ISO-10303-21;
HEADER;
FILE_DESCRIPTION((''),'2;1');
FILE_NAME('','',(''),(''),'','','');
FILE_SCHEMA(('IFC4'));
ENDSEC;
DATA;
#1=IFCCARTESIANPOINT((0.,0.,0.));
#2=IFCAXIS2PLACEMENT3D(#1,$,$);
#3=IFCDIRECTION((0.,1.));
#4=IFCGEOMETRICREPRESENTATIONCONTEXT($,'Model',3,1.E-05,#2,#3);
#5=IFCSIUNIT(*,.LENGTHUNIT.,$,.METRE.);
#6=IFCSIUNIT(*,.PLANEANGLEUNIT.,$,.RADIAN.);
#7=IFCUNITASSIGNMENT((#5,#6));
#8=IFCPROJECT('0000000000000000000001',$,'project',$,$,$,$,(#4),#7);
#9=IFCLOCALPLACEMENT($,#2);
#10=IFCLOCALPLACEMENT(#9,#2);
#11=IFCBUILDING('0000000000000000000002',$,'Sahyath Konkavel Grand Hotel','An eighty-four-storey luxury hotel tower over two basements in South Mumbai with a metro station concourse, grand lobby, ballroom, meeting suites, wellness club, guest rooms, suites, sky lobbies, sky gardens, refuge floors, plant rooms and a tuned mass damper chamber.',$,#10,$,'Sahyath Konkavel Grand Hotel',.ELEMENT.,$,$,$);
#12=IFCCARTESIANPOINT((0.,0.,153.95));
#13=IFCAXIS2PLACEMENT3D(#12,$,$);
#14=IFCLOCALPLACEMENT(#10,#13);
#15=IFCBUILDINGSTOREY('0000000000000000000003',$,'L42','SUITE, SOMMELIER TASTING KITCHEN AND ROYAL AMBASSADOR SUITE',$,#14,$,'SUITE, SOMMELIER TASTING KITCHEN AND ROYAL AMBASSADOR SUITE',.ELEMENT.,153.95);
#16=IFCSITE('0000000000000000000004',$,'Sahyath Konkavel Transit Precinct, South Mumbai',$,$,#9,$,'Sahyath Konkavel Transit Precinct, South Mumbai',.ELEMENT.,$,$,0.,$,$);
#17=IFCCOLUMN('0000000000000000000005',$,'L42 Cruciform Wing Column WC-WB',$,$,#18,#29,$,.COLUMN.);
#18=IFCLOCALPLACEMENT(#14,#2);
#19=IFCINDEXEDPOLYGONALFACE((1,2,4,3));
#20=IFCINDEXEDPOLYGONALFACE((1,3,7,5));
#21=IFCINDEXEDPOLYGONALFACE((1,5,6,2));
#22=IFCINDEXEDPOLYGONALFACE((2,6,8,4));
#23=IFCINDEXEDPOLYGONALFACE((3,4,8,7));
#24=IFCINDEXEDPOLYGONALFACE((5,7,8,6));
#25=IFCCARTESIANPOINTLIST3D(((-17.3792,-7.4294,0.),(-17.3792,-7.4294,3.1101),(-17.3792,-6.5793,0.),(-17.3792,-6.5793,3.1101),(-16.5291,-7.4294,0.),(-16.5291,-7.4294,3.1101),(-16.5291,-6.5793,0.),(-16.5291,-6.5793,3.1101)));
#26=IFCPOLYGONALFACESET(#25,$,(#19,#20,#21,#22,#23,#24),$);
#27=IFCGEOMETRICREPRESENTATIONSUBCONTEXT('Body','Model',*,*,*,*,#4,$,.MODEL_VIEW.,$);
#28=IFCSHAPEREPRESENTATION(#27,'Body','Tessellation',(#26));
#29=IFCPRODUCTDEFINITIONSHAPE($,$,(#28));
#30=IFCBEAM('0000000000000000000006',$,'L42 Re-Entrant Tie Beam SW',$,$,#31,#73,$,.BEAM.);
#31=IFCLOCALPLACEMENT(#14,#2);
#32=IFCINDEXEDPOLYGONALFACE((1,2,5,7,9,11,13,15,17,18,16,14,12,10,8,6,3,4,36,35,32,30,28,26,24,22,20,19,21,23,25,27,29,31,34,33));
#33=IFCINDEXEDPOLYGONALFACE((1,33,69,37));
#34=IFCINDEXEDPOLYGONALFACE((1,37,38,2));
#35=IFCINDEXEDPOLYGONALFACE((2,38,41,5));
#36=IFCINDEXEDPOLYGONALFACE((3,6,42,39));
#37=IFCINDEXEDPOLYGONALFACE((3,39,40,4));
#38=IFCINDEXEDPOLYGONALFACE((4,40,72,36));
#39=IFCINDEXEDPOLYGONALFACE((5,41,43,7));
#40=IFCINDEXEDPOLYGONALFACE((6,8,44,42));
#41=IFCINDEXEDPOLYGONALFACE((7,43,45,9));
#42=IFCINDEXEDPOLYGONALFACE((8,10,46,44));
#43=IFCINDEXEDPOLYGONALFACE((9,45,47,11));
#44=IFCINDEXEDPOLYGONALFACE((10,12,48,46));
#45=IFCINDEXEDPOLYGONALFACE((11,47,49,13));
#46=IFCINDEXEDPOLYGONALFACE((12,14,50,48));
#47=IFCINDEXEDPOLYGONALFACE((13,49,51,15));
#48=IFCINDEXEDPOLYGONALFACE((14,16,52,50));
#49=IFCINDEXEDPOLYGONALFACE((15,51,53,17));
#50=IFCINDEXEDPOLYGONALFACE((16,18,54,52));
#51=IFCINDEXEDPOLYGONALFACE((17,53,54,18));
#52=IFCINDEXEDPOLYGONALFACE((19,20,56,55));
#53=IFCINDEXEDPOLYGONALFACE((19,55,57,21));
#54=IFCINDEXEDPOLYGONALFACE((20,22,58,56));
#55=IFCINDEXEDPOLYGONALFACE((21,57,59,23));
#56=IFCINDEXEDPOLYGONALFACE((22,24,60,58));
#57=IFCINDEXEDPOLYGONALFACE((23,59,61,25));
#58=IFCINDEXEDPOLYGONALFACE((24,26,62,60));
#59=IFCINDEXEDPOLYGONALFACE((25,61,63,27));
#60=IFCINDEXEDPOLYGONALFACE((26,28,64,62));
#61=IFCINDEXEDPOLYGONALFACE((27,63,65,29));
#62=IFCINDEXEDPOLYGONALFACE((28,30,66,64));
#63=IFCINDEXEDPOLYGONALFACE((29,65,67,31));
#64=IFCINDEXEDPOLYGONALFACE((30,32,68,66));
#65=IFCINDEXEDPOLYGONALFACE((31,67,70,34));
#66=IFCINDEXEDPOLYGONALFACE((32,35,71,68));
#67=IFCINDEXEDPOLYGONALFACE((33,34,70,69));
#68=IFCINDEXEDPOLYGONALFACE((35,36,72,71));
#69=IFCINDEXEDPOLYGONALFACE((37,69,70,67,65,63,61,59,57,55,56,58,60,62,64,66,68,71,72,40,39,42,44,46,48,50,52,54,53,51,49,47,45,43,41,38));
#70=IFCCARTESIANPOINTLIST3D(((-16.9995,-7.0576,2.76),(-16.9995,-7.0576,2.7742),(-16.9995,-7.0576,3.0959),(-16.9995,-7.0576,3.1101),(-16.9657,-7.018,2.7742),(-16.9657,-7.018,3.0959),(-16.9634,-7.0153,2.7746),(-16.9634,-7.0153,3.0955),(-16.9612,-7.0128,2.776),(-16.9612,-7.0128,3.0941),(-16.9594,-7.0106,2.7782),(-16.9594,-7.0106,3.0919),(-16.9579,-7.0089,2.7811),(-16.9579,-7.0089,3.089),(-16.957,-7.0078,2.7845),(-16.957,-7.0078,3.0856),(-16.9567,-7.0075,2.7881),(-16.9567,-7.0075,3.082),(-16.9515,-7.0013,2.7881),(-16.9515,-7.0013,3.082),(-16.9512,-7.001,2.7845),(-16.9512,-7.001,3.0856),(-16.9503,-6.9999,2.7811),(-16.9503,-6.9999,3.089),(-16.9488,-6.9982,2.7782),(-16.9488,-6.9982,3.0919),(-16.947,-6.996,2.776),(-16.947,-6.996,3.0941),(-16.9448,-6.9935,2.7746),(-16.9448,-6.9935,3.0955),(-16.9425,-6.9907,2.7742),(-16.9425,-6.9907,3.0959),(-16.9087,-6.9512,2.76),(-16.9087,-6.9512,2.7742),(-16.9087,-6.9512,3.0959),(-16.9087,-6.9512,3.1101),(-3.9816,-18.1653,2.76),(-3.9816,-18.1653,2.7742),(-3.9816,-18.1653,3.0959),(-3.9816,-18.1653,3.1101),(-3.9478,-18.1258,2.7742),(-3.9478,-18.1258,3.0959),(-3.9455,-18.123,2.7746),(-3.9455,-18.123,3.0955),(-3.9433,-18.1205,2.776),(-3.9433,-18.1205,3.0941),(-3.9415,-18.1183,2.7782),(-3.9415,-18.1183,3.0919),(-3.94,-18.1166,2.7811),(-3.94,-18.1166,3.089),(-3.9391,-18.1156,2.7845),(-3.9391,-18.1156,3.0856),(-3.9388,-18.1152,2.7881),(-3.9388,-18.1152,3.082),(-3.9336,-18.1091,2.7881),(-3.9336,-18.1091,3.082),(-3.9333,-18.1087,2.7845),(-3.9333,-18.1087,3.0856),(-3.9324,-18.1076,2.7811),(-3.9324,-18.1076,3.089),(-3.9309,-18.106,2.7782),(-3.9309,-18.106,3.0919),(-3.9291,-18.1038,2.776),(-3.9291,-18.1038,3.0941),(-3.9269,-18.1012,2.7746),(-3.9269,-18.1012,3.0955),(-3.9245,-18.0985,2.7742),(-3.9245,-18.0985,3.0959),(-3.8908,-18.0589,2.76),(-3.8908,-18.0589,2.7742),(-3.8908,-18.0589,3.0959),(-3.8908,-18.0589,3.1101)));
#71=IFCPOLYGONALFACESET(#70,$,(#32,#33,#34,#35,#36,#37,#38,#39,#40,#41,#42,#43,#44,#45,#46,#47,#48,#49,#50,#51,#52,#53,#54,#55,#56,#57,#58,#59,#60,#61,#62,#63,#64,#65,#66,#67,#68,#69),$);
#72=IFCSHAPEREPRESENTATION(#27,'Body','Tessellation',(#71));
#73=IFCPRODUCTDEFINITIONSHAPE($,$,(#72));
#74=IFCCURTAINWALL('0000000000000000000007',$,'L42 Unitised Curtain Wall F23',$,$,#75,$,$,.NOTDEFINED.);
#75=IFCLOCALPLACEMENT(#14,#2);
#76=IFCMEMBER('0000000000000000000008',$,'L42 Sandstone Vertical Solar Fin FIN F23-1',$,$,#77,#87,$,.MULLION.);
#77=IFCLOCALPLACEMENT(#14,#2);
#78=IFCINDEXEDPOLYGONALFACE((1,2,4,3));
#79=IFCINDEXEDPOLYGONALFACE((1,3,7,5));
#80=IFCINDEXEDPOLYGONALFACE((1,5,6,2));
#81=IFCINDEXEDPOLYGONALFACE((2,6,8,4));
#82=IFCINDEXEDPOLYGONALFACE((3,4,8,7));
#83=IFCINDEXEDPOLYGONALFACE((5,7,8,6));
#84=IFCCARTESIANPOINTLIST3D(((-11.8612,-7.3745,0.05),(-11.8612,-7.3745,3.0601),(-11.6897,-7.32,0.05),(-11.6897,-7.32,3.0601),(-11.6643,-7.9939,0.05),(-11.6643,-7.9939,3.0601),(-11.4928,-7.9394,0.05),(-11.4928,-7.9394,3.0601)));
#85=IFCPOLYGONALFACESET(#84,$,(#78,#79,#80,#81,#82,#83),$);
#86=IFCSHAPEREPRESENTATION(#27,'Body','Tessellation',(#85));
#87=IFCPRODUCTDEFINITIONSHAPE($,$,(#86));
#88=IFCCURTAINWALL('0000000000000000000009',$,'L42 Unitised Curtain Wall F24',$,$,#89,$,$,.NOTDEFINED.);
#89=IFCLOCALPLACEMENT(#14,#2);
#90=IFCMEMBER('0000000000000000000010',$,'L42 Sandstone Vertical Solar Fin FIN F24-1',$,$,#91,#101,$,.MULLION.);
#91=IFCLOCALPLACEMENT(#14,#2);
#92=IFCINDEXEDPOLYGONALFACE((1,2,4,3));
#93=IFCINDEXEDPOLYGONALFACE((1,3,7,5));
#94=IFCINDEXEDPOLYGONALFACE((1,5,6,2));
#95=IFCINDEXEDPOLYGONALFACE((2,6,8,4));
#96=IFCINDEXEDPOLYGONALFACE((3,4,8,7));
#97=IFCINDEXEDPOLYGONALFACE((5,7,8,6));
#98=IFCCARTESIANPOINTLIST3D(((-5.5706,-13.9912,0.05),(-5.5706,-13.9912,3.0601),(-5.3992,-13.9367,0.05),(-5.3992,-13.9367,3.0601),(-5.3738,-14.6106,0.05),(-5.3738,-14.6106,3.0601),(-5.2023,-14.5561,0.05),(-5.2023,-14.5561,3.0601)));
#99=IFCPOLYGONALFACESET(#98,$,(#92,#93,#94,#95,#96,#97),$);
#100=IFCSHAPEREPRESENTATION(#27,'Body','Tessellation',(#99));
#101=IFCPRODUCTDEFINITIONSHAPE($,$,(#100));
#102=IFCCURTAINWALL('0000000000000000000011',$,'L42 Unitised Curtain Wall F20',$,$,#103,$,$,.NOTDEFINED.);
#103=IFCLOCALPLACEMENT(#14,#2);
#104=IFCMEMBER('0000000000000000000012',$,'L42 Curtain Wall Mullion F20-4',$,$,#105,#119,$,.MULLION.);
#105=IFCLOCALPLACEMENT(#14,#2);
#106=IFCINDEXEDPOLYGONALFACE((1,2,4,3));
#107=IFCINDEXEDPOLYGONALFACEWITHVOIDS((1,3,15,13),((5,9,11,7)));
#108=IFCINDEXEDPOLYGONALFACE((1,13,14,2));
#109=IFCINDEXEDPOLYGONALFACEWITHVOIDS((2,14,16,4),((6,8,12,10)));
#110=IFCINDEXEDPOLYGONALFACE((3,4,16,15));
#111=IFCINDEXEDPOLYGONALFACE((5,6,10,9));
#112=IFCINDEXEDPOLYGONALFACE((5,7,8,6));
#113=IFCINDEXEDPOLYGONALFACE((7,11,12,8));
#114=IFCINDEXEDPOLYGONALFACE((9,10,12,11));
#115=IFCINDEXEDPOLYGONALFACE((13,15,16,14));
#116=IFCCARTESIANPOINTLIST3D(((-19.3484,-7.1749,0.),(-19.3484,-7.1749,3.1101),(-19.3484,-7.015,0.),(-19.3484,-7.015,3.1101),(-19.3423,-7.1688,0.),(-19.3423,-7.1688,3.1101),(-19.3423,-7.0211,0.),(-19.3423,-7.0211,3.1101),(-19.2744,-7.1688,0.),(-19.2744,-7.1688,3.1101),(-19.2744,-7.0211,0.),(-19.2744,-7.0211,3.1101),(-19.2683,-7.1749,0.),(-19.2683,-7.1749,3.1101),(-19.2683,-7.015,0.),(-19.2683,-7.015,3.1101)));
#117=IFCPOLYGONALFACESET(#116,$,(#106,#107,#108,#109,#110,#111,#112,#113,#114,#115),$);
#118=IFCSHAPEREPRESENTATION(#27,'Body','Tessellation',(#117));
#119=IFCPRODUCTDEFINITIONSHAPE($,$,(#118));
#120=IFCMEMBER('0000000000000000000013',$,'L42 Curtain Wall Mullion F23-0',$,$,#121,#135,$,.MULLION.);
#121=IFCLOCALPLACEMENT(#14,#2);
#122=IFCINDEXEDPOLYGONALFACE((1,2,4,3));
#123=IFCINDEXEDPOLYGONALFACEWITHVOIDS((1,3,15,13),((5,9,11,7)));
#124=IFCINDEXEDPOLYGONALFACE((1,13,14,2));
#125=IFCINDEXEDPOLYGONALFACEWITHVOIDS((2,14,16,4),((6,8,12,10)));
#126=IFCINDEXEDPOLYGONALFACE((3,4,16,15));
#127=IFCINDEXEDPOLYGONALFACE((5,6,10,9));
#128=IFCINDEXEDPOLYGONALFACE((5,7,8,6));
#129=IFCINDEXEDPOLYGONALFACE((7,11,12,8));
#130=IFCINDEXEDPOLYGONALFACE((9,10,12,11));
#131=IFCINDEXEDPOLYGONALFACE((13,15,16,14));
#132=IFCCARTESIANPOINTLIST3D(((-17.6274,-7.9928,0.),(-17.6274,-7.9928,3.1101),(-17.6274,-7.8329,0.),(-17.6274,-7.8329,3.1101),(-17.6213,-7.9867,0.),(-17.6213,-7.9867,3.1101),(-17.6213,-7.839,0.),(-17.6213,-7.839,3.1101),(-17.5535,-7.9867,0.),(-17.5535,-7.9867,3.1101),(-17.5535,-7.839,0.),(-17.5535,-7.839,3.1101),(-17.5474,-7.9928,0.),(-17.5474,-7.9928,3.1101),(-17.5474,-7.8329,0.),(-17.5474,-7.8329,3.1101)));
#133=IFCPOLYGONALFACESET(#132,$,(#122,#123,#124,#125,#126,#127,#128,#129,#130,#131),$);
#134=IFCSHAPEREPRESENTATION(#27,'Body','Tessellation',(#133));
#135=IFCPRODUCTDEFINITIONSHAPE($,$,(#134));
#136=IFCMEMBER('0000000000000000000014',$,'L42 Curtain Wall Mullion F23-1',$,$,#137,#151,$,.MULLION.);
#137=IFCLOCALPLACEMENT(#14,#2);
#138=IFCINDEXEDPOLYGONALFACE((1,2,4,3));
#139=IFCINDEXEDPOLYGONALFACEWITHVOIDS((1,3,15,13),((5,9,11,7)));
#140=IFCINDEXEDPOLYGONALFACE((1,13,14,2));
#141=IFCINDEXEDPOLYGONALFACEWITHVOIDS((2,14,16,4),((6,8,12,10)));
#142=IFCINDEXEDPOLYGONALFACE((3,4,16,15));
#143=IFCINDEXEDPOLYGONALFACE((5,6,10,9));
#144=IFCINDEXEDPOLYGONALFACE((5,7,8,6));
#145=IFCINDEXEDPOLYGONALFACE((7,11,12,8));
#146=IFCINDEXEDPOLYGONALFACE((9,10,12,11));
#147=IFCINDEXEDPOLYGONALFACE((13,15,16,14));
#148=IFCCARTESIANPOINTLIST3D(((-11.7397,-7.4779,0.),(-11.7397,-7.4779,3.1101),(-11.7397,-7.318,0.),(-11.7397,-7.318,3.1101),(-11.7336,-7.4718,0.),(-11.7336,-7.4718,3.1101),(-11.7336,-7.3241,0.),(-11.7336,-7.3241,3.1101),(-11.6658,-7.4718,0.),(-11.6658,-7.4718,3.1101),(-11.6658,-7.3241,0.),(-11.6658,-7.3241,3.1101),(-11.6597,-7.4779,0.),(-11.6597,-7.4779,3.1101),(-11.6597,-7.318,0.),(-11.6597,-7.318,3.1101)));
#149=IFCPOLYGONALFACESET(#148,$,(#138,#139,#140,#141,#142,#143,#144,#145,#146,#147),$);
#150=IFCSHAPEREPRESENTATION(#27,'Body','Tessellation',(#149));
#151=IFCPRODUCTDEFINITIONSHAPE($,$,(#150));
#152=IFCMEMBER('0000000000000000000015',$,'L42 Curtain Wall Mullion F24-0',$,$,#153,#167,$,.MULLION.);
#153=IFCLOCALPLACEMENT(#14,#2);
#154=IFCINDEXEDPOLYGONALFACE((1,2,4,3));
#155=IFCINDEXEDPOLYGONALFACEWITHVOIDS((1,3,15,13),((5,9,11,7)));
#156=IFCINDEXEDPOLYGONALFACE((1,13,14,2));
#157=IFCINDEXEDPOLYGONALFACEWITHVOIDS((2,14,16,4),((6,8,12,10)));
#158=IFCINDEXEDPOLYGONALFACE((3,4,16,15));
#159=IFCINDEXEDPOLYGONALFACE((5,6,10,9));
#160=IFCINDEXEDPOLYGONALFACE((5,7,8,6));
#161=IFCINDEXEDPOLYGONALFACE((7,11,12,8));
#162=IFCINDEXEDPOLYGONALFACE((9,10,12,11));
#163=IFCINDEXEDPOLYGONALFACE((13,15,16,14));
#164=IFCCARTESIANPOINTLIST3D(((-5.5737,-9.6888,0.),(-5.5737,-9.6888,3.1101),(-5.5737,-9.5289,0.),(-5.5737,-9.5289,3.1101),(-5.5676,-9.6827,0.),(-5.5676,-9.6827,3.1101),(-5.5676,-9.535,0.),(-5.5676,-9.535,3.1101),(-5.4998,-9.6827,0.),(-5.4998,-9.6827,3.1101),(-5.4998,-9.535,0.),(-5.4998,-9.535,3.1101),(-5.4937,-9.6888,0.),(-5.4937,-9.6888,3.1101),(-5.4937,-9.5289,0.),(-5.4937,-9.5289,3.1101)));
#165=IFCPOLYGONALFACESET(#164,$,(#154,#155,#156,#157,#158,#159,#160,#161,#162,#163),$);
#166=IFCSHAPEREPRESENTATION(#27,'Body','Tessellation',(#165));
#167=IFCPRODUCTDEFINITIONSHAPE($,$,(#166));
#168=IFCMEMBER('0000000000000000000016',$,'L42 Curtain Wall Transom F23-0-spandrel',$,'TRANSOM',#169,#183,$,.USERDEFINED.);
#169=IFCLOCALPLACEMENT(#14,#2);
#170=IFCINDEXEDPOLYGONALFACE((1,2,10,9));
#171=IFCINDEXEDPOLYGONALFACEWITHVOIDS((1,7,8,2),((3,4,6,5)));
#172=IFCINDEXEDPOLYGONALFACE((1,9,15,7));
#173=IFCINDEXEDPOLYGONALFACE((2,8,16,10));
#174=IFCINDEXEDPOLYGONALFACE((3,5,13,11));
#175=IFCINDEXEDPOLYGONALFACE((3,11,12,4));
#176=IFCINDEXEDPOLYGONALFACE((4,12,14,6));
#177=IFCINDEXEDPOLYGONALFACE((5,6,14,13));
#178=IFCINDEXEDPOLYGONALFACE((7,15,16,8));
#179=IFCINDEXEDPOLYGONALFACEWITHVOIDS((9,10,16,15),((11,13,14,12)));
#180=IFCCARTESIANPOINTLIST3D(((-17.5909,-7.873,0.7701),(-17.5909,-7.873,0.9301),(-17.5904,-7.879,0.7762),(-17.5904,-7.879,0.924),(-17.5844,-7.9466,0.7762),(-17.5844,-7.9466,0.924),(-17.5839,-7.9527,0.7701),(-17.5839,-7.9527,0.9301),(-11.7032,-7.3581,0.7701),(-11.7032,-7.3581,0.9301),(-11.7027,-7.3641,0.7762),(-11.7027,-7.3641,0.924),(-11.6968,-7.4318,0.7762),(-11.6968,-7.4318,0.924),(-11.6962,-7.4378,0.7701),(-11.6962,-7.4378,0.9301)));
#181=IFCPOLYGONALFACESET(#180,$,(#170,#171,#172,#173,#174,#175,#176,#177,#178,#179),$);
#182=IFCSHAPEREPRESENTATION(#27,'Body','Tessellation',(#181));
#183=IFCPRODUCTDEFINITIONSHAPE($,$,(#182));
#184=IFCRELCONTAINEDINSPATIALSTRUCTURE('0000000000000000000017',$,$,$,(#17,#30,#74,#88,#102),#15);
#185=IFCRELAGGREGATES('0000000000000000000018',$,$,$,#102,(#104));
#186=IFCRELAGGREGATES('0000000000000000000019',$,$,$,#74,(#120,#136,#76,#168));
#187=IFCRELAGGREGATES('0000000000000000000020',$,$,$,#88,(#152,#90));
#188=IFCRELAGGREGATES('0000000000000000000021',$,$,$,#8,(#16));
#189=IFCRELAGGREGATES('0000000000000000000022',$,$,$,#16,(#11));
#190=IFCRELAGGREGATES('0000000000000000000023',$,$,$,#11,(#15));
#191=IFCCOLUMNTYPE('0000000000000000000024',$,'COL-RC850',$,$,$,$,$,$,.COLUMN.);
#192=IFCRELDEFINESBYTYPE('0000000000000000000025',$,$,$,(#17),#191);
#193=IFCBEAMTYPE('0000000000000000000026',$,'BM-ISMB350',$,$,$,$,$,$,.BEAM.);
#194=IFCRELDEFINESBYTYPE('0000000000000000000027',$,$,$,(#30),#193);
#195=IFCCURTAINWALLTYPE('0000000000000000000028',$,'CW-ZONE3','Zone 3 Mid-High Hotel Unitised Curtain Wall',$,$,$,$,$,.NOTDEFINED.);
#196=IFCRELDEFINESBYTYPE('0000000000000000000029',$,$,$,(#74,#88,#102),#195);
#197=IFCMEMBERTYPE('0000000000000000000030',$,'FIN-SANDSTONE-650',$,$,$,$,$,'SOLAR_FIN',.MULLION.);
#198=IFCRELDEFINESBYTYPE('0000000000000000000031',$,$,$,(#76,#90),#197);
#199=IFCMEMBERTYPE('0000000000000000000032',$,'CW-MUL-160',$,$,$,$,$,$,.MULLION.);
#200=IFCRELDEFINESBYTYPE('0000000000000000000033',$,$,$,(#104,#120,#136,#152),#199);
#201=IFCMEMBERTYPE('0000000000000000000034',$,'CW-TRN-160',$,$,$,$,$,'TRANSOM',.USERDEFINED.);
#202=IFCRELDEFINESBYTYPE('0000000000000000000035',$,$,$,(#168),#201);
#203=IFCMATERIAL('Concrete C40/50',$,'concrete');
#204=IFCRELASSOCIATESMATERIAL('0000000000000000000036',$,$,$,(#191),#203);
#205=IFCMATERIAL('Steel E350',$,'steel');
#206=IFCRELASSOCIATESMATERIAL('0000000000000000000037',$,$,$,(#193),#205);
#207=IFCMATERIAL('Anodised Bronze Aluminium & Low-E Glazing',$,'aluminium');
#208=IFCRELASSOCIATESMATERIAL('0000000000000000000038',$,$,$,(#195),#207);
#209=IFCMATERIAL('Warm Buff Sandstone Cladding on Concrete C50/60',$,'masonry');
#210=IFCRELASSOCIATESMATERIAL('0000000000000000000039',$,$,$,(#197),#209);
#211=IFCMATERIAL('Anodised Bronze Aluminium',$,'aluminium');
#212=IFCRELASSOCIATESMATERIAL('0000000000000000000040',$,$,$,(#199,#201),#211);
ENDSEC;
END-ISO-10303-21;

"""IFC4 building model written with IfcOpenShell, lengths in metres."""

from ifc_helpers import new_model, si_unit, direction, frame, origin, origin_2d, place, context, subcontext, project, spatial, rectangle, hollow_rectangle, i_section, extrude, source, transform, mapped, material, material_profile, profile_set, type_object, element, aggregate, save


model = new_model("IFC4")

# Units and contexts
model_context = context("Model", 3, precision=1e-05, world=origin(), true_north=direction((0.0, 1.0)))
body_context = subcontext(model_context, "Body", "Model", "MODEL_VIEW")
ifc_project = project(units=[si_unit("LENGTHUNIT", "METRE"), si_unit("PLANEANGLEUNIT", "RADIAN")], contexts=[model_context])

# Site, building, storey
site_placement = place(None, origin())
site = spatial("IfcSite", under=ifc_project, at=site_placement, Name="Sahyath Konkavel Transit Precinct, South Mumbai", LongName="Sahyath Konkavel Transit Precinct, South Mumbai", CompositionType="ELEMENT", RefElevation=0.0)
building_placement = place(site_placement, origin())
building = spatial("IfcBuilding", under=site, at=building_placement, Name="Sahyath Konkavel Grand Hotel", Description="An eighty-four-storey luxury hotel tower over two basements in South Mumbai with a metro station concourse, grand lobby, ballroom, meeting suites, wellness club, guest rooms, suites, sky lobbies, sky gardens, refuge floors, plant rooms and a tuned mass damper chamber.", LongName="Sahyath Konkavel Grand Hotel", CompositionType="ELEMENT")
storey_placement = place(building_placement, frame((0.0, 0.0, 153.95)))
storey = spatial("IfcBuildingStorey", under=building, at=storey_placement, Name="L42", Description="SUITE, SOMMELIER TASTING KITCHEN AND ROYAL AMBASSADOR SUITE", LongName="SUITE, SOMMELIER TASTING KITCHEN AND ROYAL AMBASSADOR SUITE", CompositionType="ELEMENT", Elevation=153.95)

# Column
ifc_material_1 = material(Name="Concrete C40/50", Category="concrete")
ifc_material_profile_1 = material_profile(ifc_material_1, rectangle(XDim=0.8501, YDim=0.8501, at=origin_2d()), Name="RC 850x850")
ifc_profile_set_1 = profile_set([ifc_material_profile_1], Name="Concrete C40/50")
column_type = type_object("IfcColumnType", Name="COL-RC850", PredefinedType="COLUMN", material=ifc_profile_set_1)
shared_shape_1 = source(origin(), body_context, "Body", "SweptSolid", [
    extrude(rectangle(XDim=0.8501, YDim=0.8501, at=origin_2d()), origin(), (0.0, 0.0, 1.0), 3.1101),
])
column_placement = place(storey_placement, frame((-16.9541, -7.0044, 0.0), z_axis=(0.0, 0.0, 1.0), x_axis=(1.0, 0.0, 0.0)))
element("IfcColumn", 1, at=column_placement, inside=storey, type_object=column_type, Name="L42 Cruciform Wing Column WC-WB", PredefinedType="COLUMN", context=body_context, shape_type="MappedRepresentation", body=[
    mapped(shared_shape_1, transform((0.0, 0.0, 0.0), scale=1.0)),
])

# Beam
ifc_material_2 = material(Name="Steel E350", Category="steel")
ifc_material_profile_2 = material_profile(ifc_material_2, i_section(OverallWidth=0.1399, OverallDepth=0.3501, WebThickness=0.0081, FlangeThickness=0.0142, FilletRadius=0.0139, at=origin_2d()), Name="ISMB 350")
ifc_profile_set_2 = profile_set([ifc_material_profile_2], Name="Steel E350")
beam_type = type_object("IfcBeamType", Name="BM-ISMB350", PredefinedType="BEAM", material=ifc_profile_set_2)
shared_shape_2 = source(origin(), body_context, "Body", "SweptSolid", [
    extrude(i_section(OverallWidth=0.1399, OverallDepth=0.3501, WebThickness=0.0081, FlangeThickness=0.0142, FilletRadius=0.0139, at=origin_2d()), origin(), (0.0, 0.0, 1.0), 17.1128),
])
beam_placement = place(storey_placement, frame((-16.9541, -7.0044, 2.9351), z_axis=(0.760712, -0.64909, 0.0), x_axis=(0.64909, 0.760712, 0.0)))
element("IfcBeam", 2, at=beam_placement, inside=storey, type_object=beam_type, Name="L42 Re-Entrant Tie Beam SW", PredefinedType="BEAM", context=body_context, shape_type="MappedRepresentation", body=[
    mapped(shared_shape_2, transform((0.0, 0.0, 0.0), scale=1.0)),
])

# Curtain walls, members
ifc_material_3 = material(Name="Anodised Bronze Aluminium & Low-E Glazing", Category="aluminium")
curtain_wall_type = type_object("IfcCurtainWallType", Name="CW-ZONE3", Description="Zone 3 Mid-High Hotel Unitised Curtain Wall", PredefinedType="NOTDEFINED", material=ifc_material_3)
curtain_wall_1_placement = place(storey_placement, origin())
curtain_wall_1 = element("IfcCurtainWall", 3, at=curtain_wall_1_placement, inside=storey, type_object=curtain_wall_type, Name="L42 Unitised Curtain Wall F23", PredefinedType="NOTDEFINED")
ifc_material_4 = material(Name="Warm Buff Sandstone Cladding on Concrete C50/60", Category="masonry")
ifc_material_profile_3 = material_profile(ifc_material_4, rectangle(XDim=0.1799, YDim=0.6499, at=origin_2d()), Name="FIN 180x650")
ifc_profile_set_3 = profile_set([ifc_material_profile_3], Name="Warm Buff Sandstone Cladding on Concrete C50/60")
member_type_1 = type_object("IfcMemberType", Name="FIN-SANDSTONE-650", ElementType="SOLAR_FIN", PredefinedType="MULLION", material=ifc_profile_set_3)
shared_shape_3 = source(origin(), body_context, "Body", "SweptSolid", [
    extrude(rectangle(XDim=0.1799, YDim=0.6499, at=origin_2d()), origin(), (0.0, 0.0, 1.0), 3.01),
])
member_1_placement = place(storey_placement, frame((-11.677, -7.657, 0.05), z_axis=(0.0, 0.0, 1.0), x_axis=(0.953032, 0.302869, 0.0)))
member_1 = element("IfcMember", 4, at=member_1_placement, type_object=member_type_1, Name="L42 Sandstone Vertical Solar Fin FIN F23-1", PredefinedType="MULLION", context=body_context, shape_type="MappedRepresentation", body=[
    mapped(shared_shape_3, transform((0.0, 0.0, 0.0), scale=1.0)),
])
curtain_wall_2_placement = place(storey_placement, origin())
curtain_wall_2 = element("IfcCurtainWall", 5, at=curtain_wall_2_placement, inside=storey, type_object=curtain_wall_type, Name="L42 Unitised Curtain Wall F24", PredefinedType="NOTDEFINED")
member_2_placement = place(storey_placement, frame((-5.3865, -14.2737, 0.05), z_axis=(0.0, 0.0, 1.0), x_axis=(0.953032, 0.302869, 0.0)))
member_2 = element("IfcMember", 6, at=member_2_placement, type_object=member_type_1, Name="L42 Sandstone Vertical Solar Fin FIN F24-1", PredefinedType="MULLION", context=body_context, shape_type="MappedRepresentation", body=[
    mapped(shared_shape_3, transform((0.0, 0.0, 0.0), scale=1.0)),
])
curtain_wall_3_placement = place(storey_placement, origin())
curtain_wall_3 = element("IfcCurtainWall", 7, at=curtain_wall_3_placement, inside=storey, type_object=curtain_wall_type, Name="L42 Unitised Curtain Wall F20", PredefinedType="NOTDEFINED")
ifc_material_5 = material(Name="Anodised Bronze Aluminium", Category="aluminium")
ifc_material_profile_4 = material_profile(ifc_material_5, hollow_rectangle(XDim=0.0801, YDim=0.1599, WallThickness=0.0061, at=origin_2d()), Name="RHS 160x80x6")
ifc_profile_set_4 = profile_set([ifc_material_profile_4], Name="Anodised Bronze Aluminium")
member_type_2 = type_object("IfcMemberType", Name="CW-MUL-160", PredefinedType="MULLION", material=ifc_profile_set_4)
shared_shape_4 = source(origin(), body_context, "Body", "SweptSolid", [
    extrude(hollow_rectangle(XDim=0.0801, YDim=0.1599, WallThickness=0.0061, at=origin_2d()), origin(), (0.0, 0.0, 1.0), 3.1101),
])
member_3_placement = place(storey_placement, frame((-19.3083, -7.095, 0.0), z_axis=(0.0, 0.0, 1.0), x_axis=(1.0, 0.0, 0.0)))
member_3 = element("IfcMember", 8, at=member_3_placement, type_object=member_type_2, Name="L42 Curtain Wall Mullion F20-4", PredefinedType="MULLION", context=body_context, shape_type="MappedRepresentation", body=[
    mapped(shared_shape_4, transform((0.0, 0.0, 0.0), scale=1.0)),
])
aggregate(curtain_wall_3, [member_3])

# Members
member_4_placement = place(storey_placement, frame((-17.5874, -7.9128, 0.0), z_axis=(0.0, 0.0, 1.0), x_axis=(1.0, 0.0, 0.0)))
member_4 = element("IfcMember", 9, at=member_4_placement, type_object=member_type_2, Name="L42 Curtain Wall Mullion F23-0", PredefinedType="MULLION", context=body_context, shape_type="MappedRepresentation", body=[
    mapped(shared_shape_4, transform((0.0, 0.0, 0.0), scale=1.0)),
])
member_5_placement = place(storey_placement, frame((-11.6997, -7.3979, 0.0), z_axis=(0.0, 0.0, 1.0), x_axis=(1.0, 0.0, 0.0)))
member_5 = element("IfcMember", 10, at=member_5_placement, type_object=member_type_2, Name="L42 Curtain Wall Mullion F23-1", PredefinedType="MULLION", context=body_context, shape_type="MappedRepresentation", body=[
    mapped(shared_shape_4, transform((0.0, 0.0, 0.0), scale=1.0)),
])
member_6_placement = place(storey_placement, frame((-5.5337, -9.6089, 0.0), z_axis=(0.0, 0.0, 1.0), x_axis=(1.0, 0.0, 0.0)))
member_6 = element("IfcMember", 11, at=member_6_placement, type_object=member_type_2, Name="L42 Curtain Wall Mullion F24-0", PredefinedType="MULLION", context=body_context, shape_type="MappedRepresentation", body=[
    mapped(shared_shape_4, transform((0.0, 0.0, 0.0), scale=1.0)),
])
ifc_material_profile_5 = material_profile(ifc_material_5, hollow_rectangle(XDim=0.0801, YDim=0.1599, WallThickness=0.0061, at=origin_2d()), Name="RHS 160x80x6")
ifc_profile_set_5 = profile_set([ifc_material_profile_5], Name="Anodised Bronze Aluminium")
member_type_3 = type_object("IfcMemberType", Name="CW-TRN-160", ElementType="TRANSOM", PredefinedType="USERDEFINED", material=ifc_profile_set_5)
shared_shape_5 = source(origin(), body_context, "Body", "SweptSolid", [
    extrude(hollow_rectangle(XDim=0.0801, YDim=0.1599, WallThickness=0.0061, at=origin_2d()), origin(), (0.0, 0.0, 1.0), 5.9102),
])
member_7_placement = place(storey_placement, frame((-17.5874, -7.9128, 0.8501), z_axis=(0.996198, 0.08712, 0.0), x_axis=(-0.08712, 0.996198, 0.0)))
member_7 = element("IfcMember", 12, at=member_7_placement, type_object=member_type_3, Name="L42 Curtain Wall Transom F23-0-spandrel", ObjectType="TRANSOM", PredefinedType="USERDEFINED", context=body_context, shape_type="MappedRepresentation", body=[
    mapped(shared_shape_5, transform((0.0, 0.0, 0.0), scale=1.0)),
])

aggregate(curtain_wall_1, [member_4, member_5, member_1, member_7])
aggregate(curtain_wall_2, [member_6, member_2])

save(model, "model.ifc")
